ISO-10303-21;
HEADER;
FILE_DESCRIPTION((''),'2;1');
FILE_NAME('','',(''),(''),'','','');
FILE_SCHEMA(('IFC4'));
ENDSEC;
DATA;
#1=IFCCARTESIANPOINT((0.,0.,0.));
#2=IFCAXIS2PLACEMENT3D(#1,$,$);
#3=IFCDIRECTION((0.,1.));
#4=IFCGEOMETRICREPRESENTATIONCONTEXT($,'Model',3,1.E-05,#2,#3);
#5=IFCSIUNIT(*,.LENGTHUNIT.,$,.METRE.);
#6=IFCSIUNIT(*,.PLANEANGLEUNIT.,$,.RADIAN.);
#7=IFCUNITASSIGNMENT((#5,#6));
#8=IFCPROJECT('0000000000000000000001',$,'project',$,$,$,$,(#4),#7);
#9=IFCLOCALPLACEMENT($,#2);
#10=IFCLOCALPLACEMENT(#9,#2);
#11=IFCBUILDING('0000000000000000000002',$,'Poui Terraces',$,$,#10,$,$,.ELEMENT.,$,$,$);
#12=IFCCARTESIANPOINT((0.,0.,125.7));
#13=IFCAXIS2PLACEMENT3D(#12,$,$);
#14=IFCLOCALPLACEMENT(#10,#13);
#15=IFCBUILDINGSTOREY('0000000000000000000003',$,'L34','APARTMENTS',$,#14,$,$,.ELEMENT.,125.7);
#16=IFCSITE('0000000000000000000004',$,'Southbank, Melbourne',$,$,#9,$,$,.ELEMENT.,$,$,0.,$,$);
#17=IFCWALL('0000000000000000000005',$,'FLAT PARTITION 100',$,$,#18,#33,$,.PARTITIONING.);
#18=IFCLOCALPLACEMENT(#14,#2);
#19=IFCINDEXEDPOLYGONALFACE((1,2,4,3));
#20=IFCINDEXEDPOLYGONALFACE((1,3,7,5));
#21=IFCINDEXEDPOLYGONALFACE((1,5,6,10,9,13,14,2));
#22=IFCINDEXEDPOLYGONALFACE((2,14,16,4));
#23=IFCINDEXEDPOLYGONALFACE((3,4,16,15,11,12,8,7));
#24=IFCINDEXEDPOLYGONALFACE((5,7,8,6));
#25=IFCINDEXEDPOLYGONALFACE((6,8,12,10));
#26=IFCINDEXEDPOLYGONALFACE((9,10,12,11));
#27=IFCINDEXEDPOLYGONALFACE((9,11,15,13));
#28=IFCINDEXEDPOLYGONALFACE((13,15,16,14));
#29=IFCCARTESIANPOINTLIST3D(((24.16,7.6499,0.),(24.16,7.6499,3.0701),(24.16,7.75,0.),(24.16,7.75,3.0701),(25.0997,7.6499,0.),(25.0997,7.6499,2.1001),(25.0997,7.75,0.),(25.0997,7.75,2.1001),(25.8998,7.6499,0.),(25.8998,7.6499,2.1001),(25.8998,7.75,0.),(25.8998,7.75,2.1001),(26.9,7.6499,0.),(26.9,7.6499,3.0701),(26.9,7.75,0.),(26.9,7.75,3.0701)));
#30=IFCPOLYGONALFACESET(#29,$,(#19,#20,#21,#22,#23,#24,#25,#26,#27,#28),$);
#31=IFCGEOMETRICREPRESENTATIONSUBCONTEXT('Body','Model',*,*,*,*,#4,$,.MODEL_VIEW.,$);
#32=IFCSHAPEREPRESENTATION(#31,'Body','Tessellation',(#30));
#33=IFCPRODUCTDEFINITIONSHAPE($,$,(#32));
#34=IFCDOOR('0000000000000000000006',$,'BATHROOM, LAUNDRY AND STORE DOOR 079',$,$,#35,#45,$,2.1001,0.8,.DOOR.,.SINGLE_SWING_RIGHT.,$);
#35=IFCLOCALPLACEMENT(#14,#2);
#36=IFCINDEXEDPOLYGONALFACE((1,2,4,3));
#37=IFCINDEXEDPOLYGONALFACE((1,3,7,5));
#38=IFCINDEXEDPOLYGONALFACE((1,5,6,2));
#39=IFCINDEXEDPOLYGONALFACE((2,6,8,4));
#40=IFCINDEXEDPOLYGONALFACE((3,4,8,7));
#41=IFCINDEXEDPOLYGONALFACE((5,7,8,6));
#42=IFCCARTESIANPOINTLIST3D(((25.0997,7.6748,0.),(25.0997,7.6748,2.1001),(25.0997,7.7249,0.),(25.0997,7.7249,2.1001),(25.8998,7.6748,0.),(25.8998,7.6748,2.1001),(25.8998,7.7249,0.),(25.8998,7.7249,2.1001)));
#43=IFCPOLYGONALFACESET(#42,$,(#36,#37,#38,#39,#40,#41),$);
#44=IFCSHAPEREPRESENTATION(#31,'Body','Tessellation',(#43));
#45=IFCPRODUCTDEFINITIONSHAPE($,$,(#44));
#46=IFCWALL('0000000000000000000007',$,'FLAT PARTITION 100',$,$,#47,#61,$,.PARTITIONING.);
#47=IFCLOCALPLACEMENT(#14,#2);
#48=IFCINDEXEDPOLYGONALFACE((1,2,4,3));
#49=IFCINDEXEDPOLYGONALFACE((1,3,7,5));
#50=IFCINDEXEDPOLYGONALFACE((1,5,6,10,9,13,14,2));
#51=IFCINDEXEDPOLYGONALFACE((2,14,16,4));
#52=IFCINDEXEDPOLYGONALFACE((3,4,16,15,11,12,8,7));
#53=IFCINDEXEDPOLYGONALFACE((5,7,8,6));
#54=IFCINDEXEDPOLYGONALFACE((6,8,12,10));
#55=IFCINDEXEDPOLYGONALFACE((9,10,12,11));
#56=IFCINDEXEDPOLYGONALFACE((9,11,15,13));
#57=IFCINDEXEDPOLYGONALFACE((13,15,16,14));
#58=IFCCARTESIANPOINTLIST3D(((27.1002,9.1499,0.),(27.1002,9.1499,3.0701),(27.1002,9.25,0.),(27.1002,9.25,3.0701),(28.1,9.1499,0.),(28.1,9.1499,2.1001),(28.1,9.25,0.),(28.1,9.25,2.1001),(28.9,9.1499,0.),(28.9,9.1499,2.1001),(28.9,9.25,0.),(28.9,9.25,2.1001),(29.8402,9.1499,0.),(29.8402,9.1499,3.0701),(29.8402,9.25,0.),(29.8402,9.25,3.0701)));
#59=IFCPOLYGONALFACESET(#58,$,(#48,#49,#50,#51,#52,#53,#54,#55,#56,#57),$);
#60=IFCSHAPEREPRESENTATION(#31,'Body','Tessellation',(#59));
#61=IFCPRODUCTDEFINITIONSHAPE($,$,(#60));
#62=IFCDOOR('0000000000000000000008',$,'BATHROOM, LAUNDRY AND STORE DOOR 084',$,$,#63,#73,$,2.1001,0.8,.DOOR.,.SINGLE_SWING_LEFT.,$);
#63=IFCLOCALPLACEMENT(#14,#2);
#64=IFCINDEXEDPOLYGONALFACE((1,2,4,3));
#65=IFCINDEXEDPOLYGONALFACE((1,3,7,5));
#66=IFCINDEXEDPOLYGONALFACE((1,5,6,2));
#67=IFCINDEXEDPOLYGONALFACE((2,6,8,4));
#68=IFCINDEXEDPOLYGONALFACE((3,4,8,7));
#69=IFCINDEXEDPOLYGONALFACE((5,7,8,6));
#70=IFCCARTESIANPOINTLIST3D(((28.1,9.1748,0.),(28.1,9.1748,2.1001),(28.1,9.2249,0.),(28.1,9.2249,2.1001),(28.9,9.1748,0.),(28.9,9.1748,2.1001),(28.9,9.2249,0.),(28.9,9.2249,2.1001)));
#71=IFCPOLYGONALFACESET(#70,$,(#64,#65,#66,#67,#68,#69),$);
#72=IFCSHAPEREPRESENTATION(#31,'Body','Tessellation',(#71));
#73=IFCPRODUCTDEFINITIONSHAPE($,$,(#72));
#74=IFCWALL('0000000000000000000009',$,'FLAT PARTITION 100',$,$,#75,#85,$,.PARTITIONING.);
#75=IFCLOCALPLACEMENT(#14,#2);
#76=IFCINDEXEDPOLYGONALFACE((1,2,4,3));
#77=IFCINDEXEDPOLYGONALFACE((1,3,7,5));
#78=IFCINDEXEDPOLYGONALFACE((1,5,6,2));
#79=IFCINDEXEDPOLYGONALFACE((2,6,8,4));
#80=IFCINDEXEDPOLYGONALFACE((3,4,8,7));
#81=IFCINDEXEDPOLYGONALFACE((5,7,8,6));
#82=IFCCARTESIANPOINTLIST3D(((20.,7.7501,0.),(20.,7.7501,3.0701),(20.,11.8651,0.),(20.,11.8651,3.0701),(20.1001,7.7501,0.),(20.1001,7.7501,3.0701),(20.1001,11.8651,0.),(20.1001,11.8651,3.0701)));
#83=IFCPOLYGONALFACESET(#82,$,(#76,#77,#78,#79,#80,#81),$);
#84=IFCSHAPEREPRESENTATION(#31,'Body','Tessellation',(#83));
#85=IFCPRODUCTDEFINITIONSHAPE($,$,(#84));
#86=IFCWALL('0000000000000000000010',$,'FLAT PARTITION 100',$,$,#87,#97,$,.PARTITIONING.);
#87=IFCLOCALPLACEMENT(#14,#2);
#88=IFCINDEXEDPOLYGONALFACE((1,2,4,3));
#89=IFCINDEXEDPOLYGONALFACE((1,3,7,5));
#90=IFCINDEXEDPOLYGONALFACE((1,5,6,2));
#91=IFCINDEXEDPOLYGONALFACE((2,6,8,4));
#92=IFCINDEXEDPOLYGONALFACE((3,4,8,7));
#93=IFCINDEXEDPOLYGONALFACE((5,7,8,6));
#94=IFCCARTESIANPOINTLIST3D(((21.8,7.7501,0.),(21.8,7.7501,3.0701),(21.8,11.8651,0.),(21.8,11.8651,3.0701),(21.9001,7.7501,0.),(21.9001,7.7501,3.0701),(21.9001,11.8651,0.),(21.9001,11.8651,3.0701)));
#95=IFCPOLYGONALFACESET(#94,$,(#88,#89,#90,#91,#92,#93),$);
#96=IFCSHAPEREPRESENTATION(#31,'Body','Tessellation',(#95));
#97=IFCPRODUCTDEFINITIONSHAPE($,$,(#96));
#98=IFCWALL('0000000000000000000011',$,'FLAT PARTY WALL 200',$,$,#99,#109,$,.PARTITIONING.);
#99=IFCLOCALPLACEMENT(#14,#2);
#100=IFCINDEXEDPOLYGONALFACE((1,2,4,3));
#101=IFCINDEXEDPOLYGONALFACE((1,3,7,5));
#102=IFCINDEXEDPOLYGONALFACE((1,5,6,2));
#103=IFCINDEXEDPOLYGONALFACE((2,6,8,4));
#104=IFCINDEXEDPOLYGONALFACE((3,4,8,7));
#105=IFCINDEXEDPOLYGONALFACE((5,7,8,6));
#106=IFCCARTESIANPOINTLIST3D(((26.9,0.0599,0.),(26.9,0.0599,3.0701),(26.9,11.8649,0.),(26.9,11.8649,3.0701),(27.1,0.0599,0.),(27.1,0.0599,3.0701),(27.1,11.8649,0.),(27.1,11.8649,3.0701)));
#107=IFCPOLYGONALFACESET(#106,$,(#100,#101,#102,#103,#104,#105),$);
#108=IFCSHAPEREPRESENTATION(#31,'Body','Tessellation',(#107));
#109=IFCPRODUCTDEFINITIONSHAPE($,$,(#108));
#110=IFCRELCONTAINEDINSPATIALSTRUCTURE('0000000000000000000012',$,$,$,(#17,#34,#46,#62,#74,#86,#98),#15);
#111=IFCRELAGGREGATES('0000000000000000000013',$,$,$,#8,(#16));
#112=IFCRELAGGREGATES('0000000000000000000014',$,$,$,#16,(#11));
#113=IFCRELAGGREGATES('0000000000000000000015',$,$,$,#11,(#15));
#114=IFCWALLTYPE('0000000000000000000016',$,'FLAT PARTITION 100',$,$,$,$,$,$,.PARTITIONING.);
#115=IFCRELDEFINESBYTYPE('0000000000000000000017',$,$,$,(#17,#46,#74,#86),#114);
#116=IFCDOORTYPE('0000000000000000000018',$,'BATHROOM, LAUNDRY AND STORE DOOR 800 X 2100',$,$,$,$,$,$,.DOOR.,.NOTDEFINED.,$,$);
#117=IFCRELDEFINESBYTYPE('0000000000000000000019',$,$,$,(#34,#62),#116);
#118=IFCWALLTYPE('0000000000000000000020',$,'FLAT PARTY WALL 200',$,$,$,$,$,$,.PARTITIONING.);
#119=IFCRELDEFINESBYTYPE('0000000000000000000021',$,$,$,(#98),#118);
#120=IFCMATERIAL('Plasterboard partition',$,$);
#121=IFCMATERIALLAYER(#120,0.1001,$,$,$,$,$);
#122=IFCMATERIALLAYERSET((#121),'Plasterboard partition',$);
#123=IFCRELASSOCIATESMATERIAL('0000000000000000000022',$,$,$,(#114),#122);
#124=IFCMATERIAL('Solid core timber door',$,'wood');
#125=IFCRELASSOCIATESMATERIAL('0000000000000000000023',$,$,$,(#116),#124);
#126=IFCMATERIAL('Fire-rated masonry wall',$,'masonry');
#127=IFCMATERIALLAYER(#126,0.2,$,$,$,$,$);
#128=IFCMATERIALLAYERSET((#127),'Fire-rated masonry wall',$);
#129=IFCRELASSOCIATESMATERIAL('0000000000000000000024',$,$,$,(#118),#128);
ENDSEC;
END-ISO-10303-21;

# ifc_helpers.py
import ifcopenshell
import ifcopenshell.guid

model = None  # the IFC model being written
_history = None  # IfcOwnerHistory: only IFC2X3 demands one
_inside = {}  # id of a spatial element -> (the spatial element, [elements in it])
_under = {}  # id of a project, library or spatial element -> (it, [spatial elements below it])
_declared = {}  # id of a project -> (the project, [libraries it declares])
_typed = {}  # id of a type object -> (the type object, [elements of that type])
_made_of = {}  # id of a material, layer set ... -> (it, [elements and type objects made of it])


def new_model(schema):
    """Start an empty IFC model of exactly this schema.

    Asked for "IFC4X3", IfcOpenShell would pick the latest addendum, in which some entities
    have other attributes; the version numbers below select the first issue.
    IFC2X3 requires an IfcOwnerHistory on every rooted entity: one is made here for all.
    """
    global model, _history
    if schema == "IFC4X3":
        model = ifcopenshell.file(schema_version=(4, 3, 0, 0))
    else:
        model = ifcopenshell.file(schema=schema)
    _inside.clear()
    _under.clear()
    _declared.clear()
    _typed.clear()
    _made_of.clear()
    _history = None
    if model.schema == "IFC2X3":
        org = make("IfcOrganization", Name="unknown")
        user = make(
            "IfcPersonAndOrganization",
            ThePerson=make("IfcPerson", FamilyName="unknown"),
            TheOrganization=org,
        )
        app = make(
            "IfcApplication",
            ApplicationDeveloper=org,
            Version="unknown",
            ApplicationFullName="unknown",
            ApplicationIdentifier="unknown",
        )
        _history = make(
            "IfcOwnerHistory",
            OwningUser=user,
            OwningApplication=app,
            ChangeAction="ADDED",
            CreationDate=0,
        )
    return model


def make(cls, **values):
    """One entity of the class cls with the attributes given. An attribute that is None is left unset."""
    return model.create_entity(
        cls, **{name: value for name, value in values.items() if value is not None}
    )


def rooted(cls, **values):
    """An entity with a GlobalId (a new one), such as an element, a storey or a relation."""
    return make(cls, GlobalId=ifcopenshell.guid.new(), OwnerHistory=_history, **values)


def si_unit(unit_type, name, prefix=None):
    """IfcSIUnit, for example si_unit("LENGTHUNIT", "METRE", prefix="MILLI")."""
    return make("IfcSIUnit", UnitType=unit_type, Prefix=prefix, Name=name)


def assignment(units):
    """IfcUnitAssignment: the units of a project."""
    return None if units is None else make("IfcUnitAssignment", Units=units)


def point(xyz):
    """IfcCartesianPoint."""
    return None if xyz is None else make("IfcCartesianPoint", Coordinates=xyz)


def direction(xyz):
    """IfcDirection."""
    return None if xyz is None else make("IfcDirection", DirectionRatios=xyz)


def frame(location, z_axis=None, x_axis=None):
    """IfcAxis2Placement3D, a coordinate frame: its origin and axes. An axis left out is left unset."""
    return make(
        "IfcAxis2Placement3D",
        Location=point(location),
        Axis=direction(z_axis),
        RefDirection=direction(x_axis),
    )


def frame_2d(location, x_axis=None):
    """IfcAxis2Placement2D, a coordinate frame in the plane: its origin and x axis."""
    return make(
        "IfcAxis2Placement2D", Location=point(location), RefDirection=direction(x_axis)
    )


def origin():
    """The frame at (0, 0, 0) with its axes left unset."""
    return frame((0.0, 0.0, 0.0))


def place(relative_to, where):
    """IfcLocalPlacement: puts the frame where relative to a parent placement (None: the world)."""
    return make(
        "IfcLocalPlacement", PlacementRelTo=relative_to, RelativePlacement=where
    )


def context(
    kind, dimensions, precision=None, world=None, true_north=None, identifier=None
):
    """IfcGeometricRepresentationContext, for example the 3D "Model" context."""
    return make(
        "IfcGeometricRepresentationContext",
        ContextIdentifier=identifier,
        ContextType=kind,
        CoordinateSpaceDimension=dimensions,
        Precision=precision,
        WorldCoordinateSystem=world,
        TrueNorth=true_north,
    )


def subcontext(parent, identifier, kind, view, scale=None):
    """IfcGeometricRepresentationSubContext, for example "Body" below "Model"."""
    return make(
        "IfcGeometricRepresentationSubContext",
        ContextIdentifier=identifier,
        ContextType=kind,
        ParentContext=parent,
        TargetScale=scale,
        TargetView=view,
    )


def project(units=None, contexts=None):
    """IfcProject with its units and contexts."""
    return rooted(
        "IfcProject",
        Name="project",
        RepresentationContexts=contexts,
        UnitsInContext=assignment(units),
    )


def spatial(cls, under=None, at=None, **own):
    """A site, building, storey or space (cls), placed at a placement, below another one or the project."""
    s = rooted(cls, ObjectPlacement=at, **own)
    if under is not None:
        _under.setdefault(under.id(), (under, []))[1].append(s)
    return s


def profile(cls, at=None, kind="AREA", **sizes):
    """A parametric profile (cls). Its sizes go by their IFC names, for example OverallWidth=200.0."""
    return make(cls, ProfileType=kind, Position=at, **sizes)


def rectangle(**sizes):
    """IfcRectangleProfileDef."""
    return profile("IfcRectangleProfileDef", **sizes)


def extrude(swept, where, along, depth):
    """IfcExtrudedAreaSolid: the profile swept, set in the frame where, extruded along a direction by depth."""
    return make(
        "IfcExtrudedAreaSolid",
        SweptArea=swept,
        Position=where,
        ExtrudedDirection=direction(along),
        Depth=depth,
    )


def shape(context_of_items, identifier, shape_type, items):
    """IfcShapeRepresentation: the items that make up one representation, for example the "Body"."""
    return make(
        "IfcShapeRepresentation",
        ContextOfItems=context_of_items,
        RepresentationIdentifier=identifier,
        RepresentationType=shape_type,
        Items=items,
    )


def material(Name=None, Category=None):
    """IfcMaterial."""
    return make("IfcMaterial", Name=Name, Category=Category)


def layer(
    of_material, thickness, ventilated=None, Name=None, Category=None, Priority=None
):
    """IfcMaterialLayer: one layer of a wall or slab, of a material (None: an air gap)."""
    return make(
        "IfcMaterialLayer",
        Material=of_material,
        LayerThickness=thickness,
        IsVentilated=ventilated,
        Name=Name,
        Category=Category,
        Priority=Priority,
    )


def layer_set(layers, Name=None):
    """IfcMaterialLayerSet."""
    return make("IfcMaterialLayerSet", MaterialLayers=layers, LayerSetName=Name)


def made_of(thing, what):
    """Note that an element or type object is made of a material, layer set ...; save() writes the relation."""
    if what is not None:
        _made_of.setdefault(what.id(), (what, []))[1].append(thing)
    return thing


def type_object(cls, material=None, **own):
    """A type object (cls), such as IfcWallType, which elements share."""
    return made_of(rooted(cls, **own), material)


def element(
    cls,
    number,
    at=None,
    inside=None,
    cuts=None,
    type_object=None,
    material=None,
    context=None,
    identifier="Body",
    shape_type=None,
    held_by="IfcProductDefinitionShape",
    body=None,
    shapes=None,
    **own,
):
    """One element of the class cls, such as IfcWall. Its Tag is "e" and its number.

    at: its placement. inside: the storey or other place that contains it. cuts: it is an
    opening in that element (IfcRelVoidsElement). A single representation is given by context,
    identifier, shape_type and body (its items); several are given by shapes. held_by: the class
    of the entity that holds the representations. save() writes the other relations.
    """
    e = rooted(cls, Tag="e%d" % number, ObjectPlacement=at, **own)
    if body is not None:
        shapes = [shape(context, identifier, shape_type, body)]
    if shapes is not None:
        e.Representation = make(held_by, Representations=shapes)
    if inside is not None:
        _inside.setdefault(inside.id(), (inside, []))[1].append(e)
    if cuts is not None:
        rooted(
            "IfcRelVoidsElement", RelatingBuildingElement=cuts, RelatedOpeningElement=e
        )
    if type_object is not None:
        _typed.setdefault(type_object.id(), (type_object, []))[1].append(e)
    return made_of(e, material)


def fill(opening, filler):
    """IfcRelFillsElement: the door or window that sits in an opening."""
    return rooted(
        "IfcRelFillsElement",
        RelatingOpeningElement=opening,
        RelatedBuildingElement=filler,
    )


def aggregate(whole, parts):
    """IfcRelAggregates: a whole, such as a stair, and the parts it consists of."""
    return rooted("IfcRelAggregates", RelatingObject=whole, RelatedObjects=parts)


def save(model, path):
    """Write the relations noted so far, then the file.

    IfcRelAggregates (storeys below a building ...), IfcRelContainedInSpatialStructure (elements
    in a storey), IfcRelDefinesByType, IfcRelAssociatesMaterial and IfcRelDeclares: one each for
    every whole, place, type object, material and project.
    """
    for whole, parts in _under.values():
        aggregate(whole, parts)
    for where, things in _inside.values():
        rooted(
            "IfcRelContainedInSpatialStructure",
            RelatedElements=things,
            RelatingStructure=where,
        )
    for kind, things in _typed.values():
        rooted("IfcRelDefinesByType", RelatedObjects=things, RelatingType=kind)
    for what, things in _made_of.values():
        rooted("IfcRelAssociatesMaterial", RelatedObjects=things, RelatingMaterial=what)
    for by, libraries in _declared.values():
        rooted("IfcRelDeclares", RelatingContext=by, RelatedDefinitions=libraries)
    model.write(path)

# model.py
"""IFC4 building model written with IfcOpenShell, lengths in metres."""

from ifc_helpers import new_model, si_unit, direction, frame, frame_2d, origin, place, context, subcontext, project, spatial, rectangle, extrude, material, layer, layer_set, type_object, element, fill, save


model = new_model("IFC4")

# Units and contexts
model_context = context("Model", 3, precision=1e-05, world=origin(), true_north=direction((0.0, 1.0)))
body_context = subcontext(model_context, "Body", "Model", "MODEL_VIEW")
ifc_project = project(units=[si_unit("LENGTHUNIT", "METRE"), si_unit("PLANEANGLEUNIT", "RADIAN")], contexts=[model_context])

# Site, building, storey
site_placement = place(None, origin())
site = spatial("IfcSite", under=ifc_project, at=site_placement, Name="Southbank, Melbourne", CompositionType="ELEMENT", RefElevation=0.0)
building_placement = place(site_placement, origin())
building = spatial("IfcBuilding", under=site, at=building_placement, Name="Poui Terraces", CompositionType="ELEMENT")
storey_placement = place(building_placement, frame((0.0, 0.0, 125.7)))
storey = spatial("IfcBuildingStorey", under=building, at=storey_placement, Name="L34", Description="APARTMENTS", CompositionType="ELEMENT", Elevation=125.7)

# Walls, openings, doors
ifc_material_1 = material(Name="Solid core timber door", Category="wood")
ifc_material_2 = material(Name="Plasterboard partition")
ifc_layer_1 = layer(ifc_material_2, 0.1001)
ifc_layer_set_1 = layer_set([ifc_layer_1], Name="Plasterboard partition")
wall_type_1 = type_object("IfcWallType", Name="FLAT PARTITION 100", PredefinedType="PARTITIONING", material=ifc_layer_set_1)
door_type_1 = type_object("IfcDoorType", Name="BATHROOM, LAUNDRY AND STORE DOOR 800 X 2100", OperationType="NOTDEFINED", PredefinedType="DOOR", material=ifc_material_1)
wall_1_placement = place(storey_placement, frame((24.1599, 7.7, 0.0), z_axis=(0.0, 0.0, 1.0), x_axis=(1.0, 0.0, 0.0)))
wall_1 = element("IfcWall", 1, at=wall_1_placement, inside=storey, type_object=wall_type_1, Name="FLAT PARTITION 100", PredefinedType="PARTITIONING", context=body_context, shape_type="SweptSolid", body=[
    extrude(rectangle(XDim=2.74, YDim=0.1001, at=frame_2d((1.3701, 0.0))), origin(), (0.0, 0.0, 1.0), 3.0701),
])
opening_1_placement = place(wall_1_placement, frame((0.9399, 0.0, 0.0)))
opening_1 = element("IfcOpeningElement", 2, at=opening_1_placement, cuts=wall_1, PredefinedType="OPENING", context=body_context, shape_type="SweptSolid", body=[
    extrude(rectangle(XDim=0.8, YDim=2.1001, at=frame_2d((0.3999, 1.05))), frame((0.0, 0.0601, 0.0), z_axis=(0.0, -1.0, 0.0), x_axis=(1.0, 0.0, 0.0)), (0.0, 0.0, 1.0), 0.1201),
])
door_1_placement = place(opening_1_placement, origin())
door_1 = element("IfcDoor", 3, at=door_1_placement, inside=storey, type_object=door_type_1, Name="BATHROOM, LAUNDRY AND STORE DOOR 079", OperationType="SINGLE_SWING_RIGHT", OverallHeight=2.1001, OverallWidth=0.8, PredefinedType="DOOR", context=body_context, shape_type="SweptSolid", body=[
    extrude(rectangle(XDim=0.8, YDim=2.1001, at=frame_2d((0.3999, 1.05))), frame((0.0, 0.0249, 0.0), z_axis=(0.0, -1.0, 0.0), x_axis=(1.0, 0.0, 0.0)), (0.0, 0.0, 1.0), 0.05),
])
fill(opening_1, door_1)
wall_2_placement = place(storey_placement, frame((27.1001, 9.2, 0.0), z_axis=(0.0, 0.0, 1.0), x_axis=(1.0, 0.0, 0.0)))
wall_2 = element("IfcWall", 4, at=wall_2_placement, inside=storey, type_object=wall_type_1, Name="FLAT PARTITION 100", PredefinedType="PARTITIONING", context=body_context, shape_type="SweptSolid", body=[
    extrude(rectangle(XDim=2.74, YDim=0.1001, at=frame_2d((1.3701, 0.0))), origin(), (0.0, 0.0, 1.0), 3.0701),
])
opening_2_placement = place(wall_2_placement, frame((1.0, 0.0, 0.0)))
opening_2 = element("IfcOpeningElement", 5, at=opening_2_placement, cuts=wall_2, PredefinedType="OPENING", context=body_context, shape_type="SweptSolid", body=[
    extrude(rectangle(XDim=0.8, YDim=2.1001, at=frame_2d((0.3999, 1.05))), frame((0.0, 0.0601, 0.0), z_axis=(0.0, -1.0, 0.0), x_axis=(1.0, 0.0, 0.0)), (0.0, 0.0, 1.0), 0.1201),
])
door_2_placement = place(opening_2_placement, origin())
door_2 = element("IfcDoor", 6, at=door_2_placement, inside=storey, type_object=door_type_1, Name="BATHROOM, LAUNDRY AND STORE DOOR 084", OperationType="SINGLE_SWING_LEFT", OverallHeight=2.1001, OverallWidth=0.8, PredefinedType="DOOR", context=body_context, shape_type="SweptSolid", body=[
    extrude(rectangle(XDim=0.8, YDim=2.1001, at=frame_2d((0.3999, 1.05))), frame((0.0, 0.0249, 0.0), z_axis=(0.0, -1.0, 0.0), x_axis=(1.0, 0.0, 0.0)), (0.0, 0.0, 1.0), 0.05),
])
fill(opening_2, door_2)

# Walls
for number, where, z_axis, x_axis, name in (
    (7, (20.05, 7.75, 0.0), (0.0, 0.0, 1.0), (0.0, 1.0, 0.0), "FLAT PARTITION 100"),
    (8, (21.8501, 7.75, 0.0), (0.0, 0.0, 1.0), (0.0, 1.0, 0.0), "FLAT PARTITION 100"),
):
    element("IfcWall", number, at=place(storey_placement, frame(where, z_axis=z_axis, x_axis=x_axis)), inside=storey, type_object=wall_type_1, Name=name, PredefinedType="PARTITIONING", context=body_context, shape_type="SweptSolid", body=[
        extrude(rectangle(XDim=4.115, YDim=0.1001, at=frame_2d((2.0576, 0.0))), origin(), (0.0, 0.0, 1.0), 3.0701),
    ])
ifc_material_3 = material(Name="Fire-rated masonry wall", Category="masonry")
ifc_layer_2 = layer(ifc_material_3, 0.2)
ifc_layer_set_2 = layer_set([ifc_layer_2], Name="Fire-rated masonry wall")
wall_type_2 = type_object("IfcWallType", Name="FLAT PARTY WALL 200", PredefinedType="PARTITIONING", material=ifc_layer_set_2)
wall_3_placement = place(storey_placement, frame((27.0, 0.0601, 0.0), z_axis=(0.0, 0.0, 1.0), x_axis=(0.0, 1.0, 0.0)))
element("IfcWall", 9, at=wall_3_placement, inside=storey, type_object=wall_type_2, Name="FLAT PARTY WALL 200", PredefinedType="PARTITIONING", context=body_context, shape_type="SweptSolid", body=[
    extrude(rectangle(XDim=11.8049, YDim=0.2, at=frame_2d((5.9023, 0.0))), origin(), (0.0, 0.0, 1.0), 3.0701),
])

save(model, "model.ifc")
